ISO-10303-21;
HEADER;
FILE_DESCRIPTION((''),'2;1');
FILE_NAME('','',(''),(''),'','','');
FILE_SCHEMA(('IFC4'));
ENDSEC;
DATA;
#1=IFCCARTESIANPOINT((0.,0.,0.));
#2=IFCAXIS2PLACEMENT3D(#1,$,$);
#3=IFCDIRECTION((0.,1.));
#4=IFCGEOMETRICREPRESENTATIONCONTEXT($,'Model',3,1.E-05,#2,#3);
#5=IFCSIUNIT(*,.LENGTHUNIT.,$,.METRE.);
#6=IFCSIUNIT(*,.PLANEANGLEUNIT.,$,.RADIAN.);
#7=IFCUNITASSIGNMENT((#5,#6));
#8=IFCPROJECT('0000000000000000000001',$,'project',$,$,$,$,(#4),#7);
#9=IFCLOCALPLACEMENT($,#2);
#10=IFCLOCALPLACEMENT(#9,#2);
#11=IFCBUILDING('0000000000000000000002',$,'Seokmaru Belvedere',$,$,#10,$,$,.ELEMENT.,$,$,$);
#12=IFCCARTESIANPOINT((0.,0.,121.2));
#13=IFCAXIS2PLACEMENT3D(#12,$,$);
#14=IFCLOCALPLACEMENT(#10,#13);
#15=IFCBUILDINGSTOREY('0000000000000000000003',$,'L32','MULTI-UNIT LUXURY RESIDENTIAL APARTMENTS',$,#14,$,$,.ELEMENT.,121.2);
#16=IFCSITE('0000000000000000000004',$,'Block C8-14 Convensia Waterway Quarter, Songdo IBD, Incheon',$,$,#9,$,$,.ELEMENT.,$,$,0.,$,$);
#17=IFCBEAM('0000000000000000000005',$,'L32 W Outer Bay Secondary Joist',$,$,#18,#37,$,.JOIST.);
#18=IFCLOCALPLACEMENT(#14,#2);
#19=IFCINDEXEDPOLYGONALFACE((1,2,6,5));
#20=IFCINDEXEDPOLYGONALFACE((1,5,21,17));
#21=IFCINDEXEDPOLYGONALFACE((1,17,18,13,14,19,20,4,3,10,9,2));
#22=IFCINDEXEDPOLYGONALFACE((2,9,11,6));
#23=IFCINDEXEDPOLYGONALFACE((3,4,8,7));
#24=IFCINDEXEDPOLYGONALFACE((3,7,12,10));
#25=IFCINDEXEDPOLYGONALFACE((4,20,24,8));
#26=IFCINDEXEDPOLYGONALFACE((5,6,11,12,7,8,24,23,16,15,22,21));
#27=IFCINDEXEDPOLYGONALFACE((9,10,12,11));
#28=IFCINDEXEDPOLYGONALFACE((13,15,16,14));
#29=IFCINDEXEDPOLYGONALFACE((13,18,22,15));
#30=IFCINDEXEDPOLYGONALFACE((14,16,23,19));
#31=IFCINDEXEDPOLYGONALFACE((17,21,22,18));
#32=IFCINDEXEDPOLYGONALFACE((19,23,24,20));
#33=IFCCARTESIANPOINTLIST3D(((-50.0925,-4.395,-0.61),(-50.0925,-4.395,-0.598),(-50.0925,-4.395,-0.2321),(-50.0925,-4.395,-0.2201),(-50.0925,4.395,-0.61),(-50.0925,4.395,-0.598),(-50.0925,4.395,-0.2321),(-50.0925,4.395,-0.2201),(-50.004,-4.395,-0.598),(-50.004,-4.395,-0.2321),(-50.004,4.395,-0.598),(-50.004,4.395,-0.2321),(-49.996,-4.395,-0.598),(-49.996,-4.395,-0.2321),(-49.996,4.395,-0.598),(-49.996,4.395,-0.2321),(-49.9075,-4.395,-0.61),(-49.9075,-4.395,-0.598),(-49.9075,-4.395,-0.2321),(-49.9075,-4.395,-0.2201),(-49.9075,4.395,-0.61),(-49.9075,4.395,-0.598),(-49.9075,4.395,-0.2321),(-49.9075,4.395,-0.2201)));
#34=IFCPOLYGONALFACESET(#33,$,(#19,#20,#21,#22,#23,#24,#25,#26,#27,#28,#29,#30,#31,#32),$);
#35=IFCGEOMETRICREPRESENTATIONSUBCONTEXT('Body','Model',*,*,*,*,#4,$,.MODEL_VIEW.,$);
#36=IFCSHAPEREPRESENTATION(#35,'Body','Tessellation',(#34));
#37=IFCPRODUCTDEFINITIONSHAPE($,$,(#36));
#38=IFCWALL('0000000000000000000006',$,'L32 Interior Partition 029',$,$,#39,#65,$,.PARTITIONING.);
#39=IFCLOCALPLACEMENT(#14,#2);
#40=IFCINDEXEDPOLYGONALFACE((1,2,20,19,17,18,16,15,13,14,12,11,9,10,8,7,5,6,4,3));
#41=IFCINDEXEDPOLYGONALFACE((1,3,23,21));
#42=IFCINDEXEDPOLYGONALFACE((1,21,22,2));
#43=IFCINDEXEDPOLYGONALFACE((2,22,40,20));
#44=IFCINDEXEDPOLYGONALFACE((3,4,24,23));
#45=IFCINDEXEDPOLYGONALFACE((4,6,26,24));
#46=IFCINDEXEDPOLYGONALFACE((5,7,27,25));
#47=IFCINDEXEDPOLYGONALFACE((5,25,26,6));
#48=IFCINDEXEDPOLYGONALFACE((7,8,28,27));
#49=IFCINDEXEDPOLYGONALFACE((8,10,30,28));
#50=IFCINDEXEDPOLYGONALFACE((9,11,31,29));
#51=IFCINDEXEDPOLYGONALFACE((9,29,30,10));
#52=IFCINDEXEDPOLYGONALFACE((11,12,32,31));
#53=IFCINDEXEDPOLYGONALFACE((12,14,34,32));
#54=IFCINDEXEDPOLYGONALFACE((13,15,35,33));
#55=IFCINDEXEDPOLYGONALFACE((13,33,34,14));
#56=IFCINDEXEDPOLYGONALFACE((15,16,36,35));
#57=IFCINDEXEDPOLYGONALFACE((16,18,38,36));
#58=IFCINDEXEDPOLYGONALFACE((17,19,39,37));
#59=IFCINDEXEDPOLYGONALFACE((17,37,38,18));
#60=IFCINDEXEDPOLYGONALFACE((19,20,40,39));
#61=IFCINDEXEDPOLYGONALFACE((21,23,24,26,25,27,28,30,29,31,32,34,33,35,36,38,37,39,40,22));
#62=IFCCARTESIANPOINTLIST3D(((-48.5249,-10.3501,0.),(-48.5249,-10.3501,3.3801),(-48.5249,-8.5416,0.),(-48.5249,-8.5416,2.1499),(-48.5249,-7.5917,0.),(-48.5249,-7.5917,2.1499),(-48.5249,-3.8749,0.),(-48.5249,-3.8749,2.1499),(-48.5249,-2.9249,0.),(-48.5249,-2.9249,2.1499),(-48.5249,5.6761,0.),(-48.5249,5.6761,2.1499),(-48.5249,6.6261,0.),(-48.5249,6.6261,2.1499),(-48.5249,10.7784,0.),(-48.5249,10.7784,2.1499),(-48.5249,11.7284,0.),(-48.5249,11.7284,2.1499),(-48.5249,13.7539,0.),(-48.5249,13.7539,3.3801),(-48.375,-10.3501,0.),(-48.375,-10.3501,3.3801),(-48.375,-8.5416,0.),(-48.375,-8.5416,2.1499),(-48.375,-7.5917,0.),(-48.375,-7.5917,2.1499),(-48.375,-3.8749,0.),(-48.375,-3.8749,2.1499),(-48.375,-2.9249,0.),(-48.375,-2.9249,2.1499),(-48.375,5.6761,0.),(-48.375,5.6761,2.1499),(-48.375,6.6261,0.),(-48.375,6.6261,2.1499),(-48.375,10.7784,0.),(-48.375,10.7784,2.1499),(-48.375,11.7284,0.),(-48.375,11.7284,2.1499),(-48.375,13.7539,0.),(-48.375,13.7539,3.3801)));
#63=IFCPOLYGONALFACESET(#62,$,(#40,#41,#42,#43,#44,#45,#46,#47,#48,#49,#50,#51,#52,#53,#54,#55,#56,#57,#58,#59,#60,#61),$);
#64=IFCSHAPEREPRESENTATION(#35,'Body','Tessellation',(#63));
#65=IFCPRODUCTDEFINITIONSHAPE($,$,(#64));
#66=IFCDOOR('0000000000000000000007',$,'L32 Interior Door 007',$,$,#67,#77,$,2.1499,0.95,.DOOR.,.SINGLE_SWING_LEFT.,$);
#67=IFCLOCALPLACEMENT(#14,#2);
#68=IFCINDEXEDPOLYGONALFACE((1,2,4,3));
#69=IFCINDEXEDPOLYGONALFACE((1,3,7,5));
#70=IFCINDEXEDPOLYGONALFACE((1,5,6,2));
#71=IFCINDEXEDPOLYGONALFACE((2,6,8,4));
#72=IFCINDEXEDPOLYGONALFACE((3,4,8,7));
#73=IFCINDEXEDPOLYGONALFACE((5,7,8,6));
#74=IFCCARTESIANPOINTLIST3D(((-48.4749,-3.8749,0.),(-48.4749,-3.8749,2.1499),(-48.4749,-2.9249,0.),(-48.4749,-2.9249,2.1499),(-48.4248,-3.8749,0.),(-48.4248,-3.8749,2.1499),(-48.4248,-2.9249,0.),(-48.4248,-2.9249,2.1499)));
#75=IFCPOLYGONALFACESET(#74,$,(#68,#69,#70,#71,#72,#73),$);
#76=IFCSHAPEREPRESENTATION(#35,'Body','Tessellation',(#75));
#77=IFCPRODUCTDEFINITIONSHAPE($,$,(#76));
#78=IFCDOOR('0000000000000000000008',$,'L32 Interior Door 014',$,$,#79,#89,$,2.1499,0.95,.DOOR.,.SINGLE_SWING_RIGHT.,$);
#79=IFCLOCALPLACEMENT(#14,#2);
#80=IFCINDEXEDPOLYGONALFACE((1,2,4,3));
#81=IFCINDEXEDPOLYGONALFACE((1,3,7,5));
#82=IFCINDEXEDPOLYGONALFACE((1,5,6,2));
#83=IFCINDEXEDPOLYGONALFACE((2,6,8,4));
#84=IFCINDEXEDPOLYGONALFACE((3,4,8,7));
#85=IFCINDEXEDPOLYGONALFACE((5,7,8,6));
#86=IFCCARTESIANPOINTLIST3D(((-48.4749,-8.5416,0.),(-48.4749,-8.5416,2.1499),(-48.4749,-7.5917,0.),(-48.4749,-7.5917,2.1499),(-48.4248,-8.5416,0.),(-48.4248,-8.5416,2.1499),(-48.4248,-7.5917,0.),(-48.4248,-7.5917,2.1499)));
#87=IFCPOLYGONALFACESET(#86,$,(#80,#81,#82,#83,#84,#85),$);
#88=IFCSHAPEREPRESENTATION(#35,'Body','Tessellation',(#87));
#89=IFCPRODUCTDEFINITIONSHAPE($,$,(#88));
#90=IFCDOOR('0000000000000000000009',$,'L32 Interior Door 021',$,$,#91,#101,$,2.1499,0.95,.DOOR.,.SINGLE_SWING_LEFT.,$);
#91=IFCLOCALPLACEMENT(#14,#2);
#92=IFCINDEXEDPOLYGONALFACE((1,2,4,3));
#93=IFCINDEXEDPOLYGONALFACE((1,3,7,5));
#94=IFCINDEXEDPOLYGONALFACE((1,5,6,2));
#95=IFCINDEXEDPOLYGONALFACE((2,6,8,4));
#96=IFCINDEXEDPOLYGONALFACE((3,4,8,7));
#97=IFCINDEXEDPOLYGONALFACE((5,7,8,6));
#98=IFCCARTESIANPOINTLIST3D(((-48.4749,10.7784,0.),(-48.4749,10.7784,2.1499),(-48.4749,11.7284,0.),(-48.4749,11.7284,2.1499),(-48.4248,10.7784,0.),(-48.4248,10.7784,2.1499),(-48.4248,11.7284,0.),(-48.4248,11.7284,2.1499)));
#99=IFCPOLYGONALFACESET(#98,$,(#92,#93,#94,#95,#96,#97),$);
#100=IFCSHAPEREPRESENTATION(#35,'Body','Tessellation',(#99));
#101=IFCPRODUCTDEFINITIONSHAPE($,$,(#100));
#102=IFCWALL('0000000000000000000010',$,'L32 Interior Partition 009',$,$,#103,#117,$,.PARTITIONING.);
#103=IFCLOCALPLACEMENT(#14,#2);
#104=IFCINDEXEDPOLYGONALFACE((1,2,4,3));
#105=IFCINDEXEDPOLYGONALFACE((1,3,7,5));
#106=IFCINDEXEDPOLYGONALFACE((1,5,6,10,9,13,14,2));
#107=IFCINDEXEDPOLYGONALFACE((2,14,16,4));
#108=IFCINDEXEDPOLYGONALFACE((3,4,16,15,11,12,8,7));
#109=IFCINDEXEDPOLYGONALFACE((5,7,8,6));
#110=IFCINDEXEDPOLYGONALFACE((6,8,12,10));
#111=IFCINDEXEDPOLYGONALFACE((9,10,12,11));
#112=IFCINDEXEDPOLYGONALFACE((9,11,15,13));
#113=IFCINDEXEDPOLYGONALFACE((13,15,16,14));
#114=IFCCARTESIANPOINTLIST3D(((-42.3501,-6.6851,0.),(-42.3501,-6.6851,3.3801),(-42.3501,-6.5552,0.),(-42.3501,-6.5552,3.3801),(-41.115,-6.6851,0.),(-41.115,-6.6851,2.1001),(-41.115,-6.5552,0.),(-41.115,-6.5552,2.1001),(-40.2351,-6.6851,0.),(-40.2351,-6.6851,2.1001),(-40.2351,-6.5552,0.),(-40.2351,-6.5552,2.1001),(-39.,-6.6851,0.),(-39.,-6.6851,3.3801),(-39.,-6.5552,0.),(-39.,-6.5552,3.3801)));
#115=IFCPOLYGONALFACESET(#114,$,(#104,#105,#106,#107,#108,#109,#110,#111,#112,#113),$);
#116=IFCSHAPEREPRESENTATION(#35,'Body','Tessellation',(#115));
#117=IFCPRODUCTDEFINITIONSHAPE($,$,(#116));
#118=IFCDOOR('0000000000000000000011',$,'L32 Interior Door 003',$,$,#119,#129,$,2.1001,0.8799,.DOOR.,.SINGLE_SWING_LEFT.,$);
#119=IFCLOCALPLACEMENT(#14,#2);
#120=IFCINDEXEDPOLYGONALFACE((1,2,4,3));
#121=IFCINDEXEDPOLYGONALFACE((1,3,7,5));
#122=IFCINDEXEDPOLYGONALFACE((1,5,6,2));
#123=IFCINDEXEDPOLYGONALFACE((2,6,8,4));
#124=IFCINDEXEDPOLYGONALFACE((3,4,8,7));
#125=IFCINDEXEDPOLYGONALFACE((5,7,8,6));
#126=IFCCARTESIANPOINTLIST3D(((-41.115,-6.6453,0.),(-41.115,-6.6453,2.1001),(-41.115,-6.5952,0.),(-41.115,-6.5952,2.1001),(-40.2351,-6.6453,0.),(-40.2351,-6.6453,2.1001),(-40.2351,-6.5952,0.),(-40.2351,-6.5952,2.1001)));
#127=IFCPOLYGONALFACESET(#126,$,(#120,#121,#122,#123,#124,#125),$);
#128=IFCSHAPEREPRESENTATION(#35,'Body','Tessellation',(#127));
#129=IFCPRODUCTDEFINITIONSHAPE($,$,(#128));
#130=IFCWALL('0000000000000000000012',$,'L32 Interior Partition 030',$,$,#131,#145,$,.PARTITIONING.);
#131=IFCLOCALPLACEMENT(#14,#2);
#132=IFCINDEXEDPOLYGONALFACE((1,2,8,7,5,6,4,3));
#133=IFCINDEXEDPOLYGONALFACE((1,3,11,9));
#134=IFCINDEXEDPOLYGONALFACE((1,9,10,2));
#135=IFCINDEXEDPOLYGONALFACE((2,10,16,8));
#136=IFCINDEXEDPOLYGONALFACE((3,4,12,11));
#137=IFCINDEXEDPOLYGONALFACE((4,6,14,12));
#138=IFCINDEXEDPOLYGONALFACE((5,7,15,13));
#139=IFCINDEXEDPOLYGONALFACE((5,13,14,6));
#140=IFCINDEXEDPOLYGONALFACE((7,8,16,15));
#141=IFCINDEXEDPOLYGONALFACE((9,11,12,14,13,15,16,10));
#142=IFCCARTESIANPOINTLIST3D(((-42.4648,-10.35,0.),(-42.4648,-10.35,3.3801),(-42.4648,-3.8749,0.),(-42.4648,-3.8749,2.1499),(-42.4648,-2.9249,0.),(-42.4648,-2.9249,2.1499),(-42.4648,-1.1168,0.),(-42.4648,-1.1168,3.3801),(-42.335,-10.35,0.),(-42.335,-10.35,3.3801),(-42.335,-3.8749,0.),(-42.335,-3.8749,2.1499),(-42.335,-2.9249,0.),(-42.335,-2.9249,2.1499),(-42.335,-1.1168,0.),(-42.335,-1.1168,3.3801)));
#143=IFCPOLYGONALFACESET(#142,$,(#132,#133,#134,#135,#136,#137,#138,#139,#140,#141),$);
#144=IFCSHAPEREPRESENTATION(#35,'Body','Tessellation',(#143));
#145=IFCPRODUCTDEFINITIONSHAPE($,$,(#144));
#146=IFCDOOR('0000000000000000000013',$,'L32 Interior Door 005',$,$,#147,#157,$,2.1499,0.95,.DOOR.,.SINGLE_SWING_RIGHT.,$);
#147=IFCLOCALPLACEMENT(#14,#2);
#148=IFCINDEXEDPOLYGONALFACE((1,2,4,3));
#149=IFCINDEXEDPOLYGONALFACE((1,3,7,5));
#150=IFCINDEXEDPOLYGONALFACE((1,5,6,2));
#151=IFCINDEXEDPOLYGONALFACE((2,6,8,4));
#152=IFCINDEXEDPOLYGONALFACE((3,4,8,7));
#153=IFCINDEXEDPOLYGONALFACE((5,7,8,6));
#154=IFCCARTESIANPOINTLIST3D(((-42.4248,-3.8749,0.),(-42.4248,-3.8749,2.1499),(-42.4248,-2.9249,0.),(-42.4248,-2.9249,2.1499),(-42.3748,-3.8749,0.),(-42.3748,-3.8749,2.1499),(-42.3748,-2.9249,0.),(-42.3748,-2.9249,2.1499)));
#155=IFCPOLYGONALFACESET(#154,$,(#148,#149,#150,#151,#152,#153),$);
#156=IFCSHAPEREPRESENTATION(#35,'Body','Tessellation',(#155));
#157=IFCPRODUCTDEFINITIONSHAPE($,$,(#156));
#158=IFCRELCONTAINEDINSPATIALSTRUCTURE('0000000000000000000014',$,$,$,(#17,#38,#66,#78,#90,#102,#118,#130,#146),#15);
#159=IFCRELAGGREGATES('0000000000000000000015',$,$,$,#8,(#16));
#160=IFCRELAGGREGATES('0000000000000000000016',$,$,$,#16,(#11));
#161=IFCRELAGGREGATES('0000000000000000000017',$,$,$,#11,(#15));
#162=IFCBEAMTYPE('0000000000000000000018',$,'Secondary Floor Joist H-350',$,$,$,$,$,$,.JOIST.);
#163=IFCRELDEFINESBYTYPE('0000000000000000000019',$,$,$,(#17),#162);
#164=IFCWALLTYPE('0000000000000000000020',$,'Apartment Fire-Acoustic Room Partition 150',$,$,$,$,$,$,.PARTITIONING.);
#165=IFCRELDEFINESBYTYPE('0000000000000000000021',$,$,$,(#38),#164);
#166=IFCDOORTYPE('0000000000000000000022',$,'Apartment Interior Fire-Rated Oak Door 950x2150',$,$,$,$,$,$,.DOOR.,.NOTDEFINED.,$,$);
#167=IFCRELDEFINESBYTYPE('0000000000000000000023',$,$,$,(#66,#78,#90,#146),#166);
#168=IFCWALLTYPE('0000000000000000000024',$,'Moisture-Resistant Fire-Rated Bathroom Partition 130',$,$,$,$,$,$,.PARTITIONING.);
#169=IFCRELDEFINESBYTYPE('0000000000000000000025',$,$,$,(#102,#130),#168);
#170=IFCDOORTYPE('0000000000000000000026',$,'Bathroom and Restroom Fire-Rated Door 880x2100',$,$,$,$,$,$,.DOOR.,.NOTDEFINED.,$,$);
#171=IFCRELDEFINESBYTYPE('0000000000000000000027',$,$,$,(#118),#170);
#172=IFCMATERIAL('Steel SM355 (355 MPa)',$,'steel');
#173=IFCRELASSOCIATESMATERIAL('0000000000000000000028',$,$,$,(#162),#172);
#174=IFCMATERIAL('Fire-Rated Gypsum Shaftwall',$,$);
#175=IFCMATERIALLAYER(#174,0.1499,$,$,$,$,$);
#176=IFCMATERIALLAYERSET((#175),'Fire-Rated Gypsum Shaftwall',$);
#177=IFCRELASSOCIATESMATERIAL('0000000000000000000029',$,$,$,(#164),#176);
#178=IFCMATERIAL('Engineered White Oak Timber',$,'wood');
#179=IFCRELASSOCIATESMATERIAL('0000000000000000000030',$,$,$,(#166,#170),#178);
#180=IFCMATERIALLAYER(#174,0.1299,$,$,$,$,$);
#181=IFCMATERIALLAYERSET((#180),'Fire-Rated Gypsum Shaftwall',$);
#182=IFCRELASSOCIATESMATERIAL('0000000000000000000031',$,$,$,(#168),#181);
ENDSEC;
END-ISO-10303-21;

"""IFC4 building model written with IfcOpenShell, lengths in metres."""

from ifc_helpers import new_model, si_unit, direction, frame, frame_2d, origin, origin_2d, place, context, subcontext, project, spatial, rectangle, i_section, extrude, source, transform, mapped, material, layer, layer_set, material_profile, profile_set, type_object, type_shapes, element, fill, save


model = new_model("IFC4")

# Units and contexts
model_context = context("Model", 3, precision=1e-05, world=origin(), true_north=direction((0.0, 1.0)))
body_context = subcontext(model_context, "Body", "Model", "MODEL_VIEW")
ifc_project = project(units=[si_unit("LENGTHUNIT", "METRE"), si_unit("PLANEANGLEUNIT", "RADIAN")], contexts=[model_context])

# Site, building, storey
site_placement = place(None, origin())
site = spatial("IfcSite", under=ifc_project, at=site_placement, Name="Block C8-14 Convensia Waterway Quarter, Songdo IBD, Incheon", CompositionType="ELEMENT", RefElevation=0.0)
building_placement = place(site_placement, origin())
building = spatial("IfcBuilding", under=site, at=building_placement, Name="Seokmaru Belvedere", CompositionType="ELEMENT")
storey_placement = place(building_placement, frame((0.0, 0.0, 121.2)))
storey = spatial("IfcBuildingStorey", under=building, at=storey_placement, Name="L32", Description="MULTI-UNIT LUXURY RESIDENTIAL APARTMENTS", CompositionType="ELEMENT", Elevation=121.2)

# Shared definitions
ifc_material_1 = material(Name="Steel SM355 (355 MPa)", Category="steel")

# Beam
ifc_material_profile_1 = material_profile(ifc_material_1, i_section(OverallWidth=0.1851, OverallDepth=0.3899, WebThickness=0.0081, FlangeThickness=0.012, at=origin_2d()), Name="H-390x185x8x12")
ifc_profile_set_1 = profile_set([ifc_material_profile_1], Name="Steel SM355 (355 MPa)")
beam_type_1 = type_object("IfcBeamType", Name="Secondary Floor Joist H-350", PredefinedType="JOIST", material=ifc_profile_set_1)
shared_shape_1 = source(origin(), body_context, "Body", "SweptSolid", [
    extrude(i_section(OverallWidth=0.1851, OverallDepth=0.3899, WebThickness=0.0081, FlangeThickness=0.012, at=origin_2d()), origin(), (0.0, 0.0, 1.0), 8.79),
])
type_shapes(beam_type_1, [shared_shape_1])
for number, where, z_axis, x_axis, name in (
    (1, (-50.0, -4.395, -0.415), (0.0, 1.0, 0.0), (-1.0, 0.0, 0.0), "L32 W Outer Bay Secondary Joist"),
):
    element("IfcBeam", number, at=place(storey_placement, frame(where, z_axis=z_axis, x_axis=x_axis)), inside=storey, type_object=beam_type_1, Name=name, PredefinedType="JOIST", context=body_context, shape_type="MappedRepresentation", body=[
        mapped(shared_shape_1, transform((0.0, 0.0, 0.0), scale=1.0)),
    ])

# Wall, openings, doors
ifc_material_2 = material(Name="Fire-Rated Gypsum Shaftwall")
ifc_layer_1 = layer(ifc_material_2, 0.1499)
ifc_layer_set_1 = layer_set([ifc_layer_1], Name="Fire-Rated Gypsum Shaftwall")
wall_type_1 = type_object("IfcWallType", Name="Apartment Fire-Acoustic Room Partition 150", PredefinedType="PARTITIONING", material=ifc_layer_set_1)
wall_1_placement = place(storey_placement, frame((-48.45, -10.3501, 0.0), z_axis=(0.0, 0.0, 1.0), x_axis=(0.0, 1.0, 0.0)))
wall_1 = element("IfcWall", 2, at=wall_1_placement, inside=storey, type_object=wall_type_1, Name="L32 Interior Partition 029", PredefinedType="PARTITIONING", context=body_context, shape_type="SweptSolid", body=[
    extrude(rectangle(XDim=24.104, YDim=0.1499, at=frame_2d((12.052, 0.0))), origin(), (0.0, 0.0, 1.0), 3.3801),
])
opening_1_placement = place(wall_1_placement, frame((6.4751, 0.0, 0.0)))
opening_1 = element("IfcOpeningElement", 3, at=opening_1_placement, cuts=wall_1, PredefinedType="OPENING", context=body_context, shape_type="SweptSolid", body=[
    extrude(rectangle(XDim=0.95, YDim=2.1499, at=frame_2d((0.4751, 1.075))), frame((0.0, 0.085, 0.0), z_axis=(0.0, -1.0, 0.0), x_axis=(1.0, 0.0, 0.0)), (0.0, 0.0, 1.0), 0.1699),
])
opening_2_placement = place(wall_1_placement, frame((1.8083, 0.0, 0.0)))
opening_2 = element("IfcOpeningElement", 4, at=opening_2_placement, cuts=wall_1, PredefinedType="OPENING", context=body_context, shape_type="SweptSolid", body=[
    extrude(rectangle(XDim=0.95, YDim=2.1499, at=frame_2d((0.4751, 1.075))), frame((0.0, 0.085, 0.0), z_axis=(0.0, -1.0, 0.0), x_axis=(1.0, 0.0, 0.0)), (0.0, 0.0, 1.0), 0.1699),
])
opening_3_placement = place(wall_1_placement, frame((21.1284, 0.0, 0.0)))
opening_3 = element("IfcOpeningElement", 5, at=opening_3_placement, cuts=wall_1, PredefinedType="OPENING", context=body_context, shape_type="SweptSolid", body=[
    extrude(rectangle(XDim=0.95, YDim=2.1499, at=frame_2d((0.4751, 1.075))), frame((0.0, 0.085, 0.0), z_axis=(0.0, -1.0, 0.0), x_axis=(1.0, 0.0, 0.0)), (0.0, 0.0, 1.0), 0.1699),
])
opening_4_placement = place(wall_1_placement, frame((16.0261, 0.0, 0.0)))
element("IfcOpeningElement", 6, at=opening_4_placement, cuts=wall_1, PredefinedType="OPENING", context=body_context, shape_type="SweptSolid", body=[
    extrude(rectangle(XDim=0.95, YDim=2.1499, at=frame_2d((0.4751, 1.075))), frame((0.0, 0.085, 0.0), z_axis=(0.0, -1.0, 0.0), x_axis=(1.0, 0.0, 0.0)), (0.0, 0.0, 1.0), 0.1699),
])
ifc_material_3 = material(Name="Engineered White Oak Timber", Category="wood")
door_type_1 = type_object("IfcDoorType", Name="Apartment Interior Fire-Rated Oak Door 950x2150", OperationType="NOTDEFINED", PredefinedType="DOOR", material=ifc_material_3)
shared_shape_2 = source(origin(), body_context, "Body", "SweptSolid", [
    extrude(rectangle(XDim=0.95, YDim=2.1499, at=frame_2d((0.4751, 1.075))), frame((0.0, 0.0249, 0.0), z_axis=(0.0, -1.0, 0.0), x_axis=(1.0, 0.0, 0.0)), (0.0, 0.0, 1.0), 0.05),
])
type_shapes(door_type_1, [shared_shape_2])
door_1_placement = place(opening_1_placement, origin())
door_1 = element("IfcDoor", 7, at=door_1_placement, inside=storey, type_object=door_type_1, Name="L32 Interior Door 007", OperationType="SINGLE_SWING_LEFT", OverallHeight=2.1499, OverallWidth=0.95, PredefinedType="DOOR", context=body_context, shape_type="MappedRepresentation", body=[
    mapped(shared_shape_2, transform((0.0, 0.0, 0.0), scale=1.0)),
])
fill(opening_1, door_1)
door_2_placement = place(opening_2_placement, origin())
door_2 = element("IfcDoor", 8, at=door_2_placement, inside=storey, type_object=door_type_1, Name="L32 Interior Door 014", OperationType="SINGLE_SWING_RIGHT", OverallHeight=2.1499, OverallWidth=0.95, PredefinedType="DOOR", context=body_context, shape_type="MappedRepresentation", body=[
    mapped(shared_shape_2, transform((0.0, 0.0, 0.0), scale=1.0)),
])
fill(opening_2, door_2)
door_3_placement = place(opening_3_placement, origin())
door_3 = element("IfcDoor", 9, at=door_3_placement, inside=storey, type_object=door_type_1, Name="L32 Interior Door 021", OperationType="SINGLE_SWING_LEFT", OverallHeight=2.1499, OverallWidth=0.95, PredefinedType="DOOR", context=body_context, shape_type="MappedRepresentation", body=[
    mapped(shared_shape_2, transform((0.0, 0.0, 0.0), scale=1.0)),
])
fill(opening_3, door_3)

# Walls, openings, doors
ifc_layer_2 = layer(ifc_material_2, 0.1299)
ifc_layer_set_2 = layer_set([ifc_layer_2], Name="Fire-Rated Gypsum Shaftwall")
wall_type_2 = type_object("IfcWallType", Name="Moisture-Resistant Fire-Rated Bathroom Partition 130", PredefinedType="PARTITIONING", material=ifc_layer_set_2)
wall_2_placement = place(storey_placement, frame((-42.3501, -6.6201, 0.0), z_axis=(0.0, 0.0, 1.0), x_axis=(1.0, 0.0, 0.0)))
wall_2 = element("IfcWall", 10, at=wall_2_placement, inside=storey, type_object=wall_type_2, Name="L32 Interior Partition 009", PredefinedType="PARTITIONING", context=body_context, shape_type="SweptSolid", body=[
    extrude(rectangle(XDim=3.3501, YDim=0.1299, at=frame_2d((1.675, 0.0))), origin(), (0.0, 0.0, 1.0), 3.3801),
])
opening_5_placement = place(wall_2_placement, frame((1.2351, 0.0, 0.0)))
opening_5 = element("IfcOpeningElement", 11, at=opening_5_placement, cuts=wall_2, PredefinedType="OPENING", context=body_context, shape_type="SweptSolid", body=[
    extrude(rectangle(XDim=0.8799, YDim=2.1001, at=frame_2d((0.4399, 1.05))), frame((0.0, 0.075, 0.0), z_axis=(0.0, -1.0, 0.0), x_axis=(1.0, 0.0, 0.0)), (0.0, 0.0, 1.0), 0.1499),
])
door_type_2 = type_object("IfcDoorType", Name="Bathroom and Restroom Fire-Rated Door 880x2100", OperationType="NOTDEFINED", PredefinedType="DOOR", material=ifc_material_3)
shared_shape_3 = source(origin(), body_context, "Body", "SweptSolid", [
    extrude(rectangle(XDim=0.8799, YDim=2.1001, at=frame_2d((0.4399, 1.05))), frame((0.0, 0.0249, 0.0), z_axis=(0.0, -1.0, 0.0), x_axis=(1.0, 0.0, 0.0)), (0.0, 0.0, 1.0), 0.05),
])
type_shapes(door_type_2, [shared_shape_3])
door_4_placement = place(opening_5_placement, origin())
door_4 = element("IfcDoor", 12, at=door_4_placement, inside=storey, type_object=door_type_2, Name="L32 Interior Door 003", OperationType="SINGLE_SWING_LEFT", OverallHeight=2.1001, OverallWidth=0.8799, PredefinedType="DOOR", context=body_context, shape_type="MappedRepresentation", body=[
    mapped(shared_shape_3, transform((0.0, 0.0, 0.0), scale=1.0)),
])
fill(opening_5, door_4)
wall_3_placement = place(storey_placement, frame((-42.3999, -10.3501, 0.0), z_axis=(0.0, 0.0, 1.0), x_axis=(0.0, 1.0, 0.0)))
wall_3 = element("IfcWall", 13, at=wall_3_placement, inside=storey, type_object=wall_type_2, Name="L32 Interior Partition 030", PredefinedType="PARTITIONING", context=body_context, shape_type="SweptSolid", body=[
    extrude(rectangle(XDim=9.2332, YDim=0.1299, at=frame_2d((4.6167, 0.0))), origin(), (0.0, 0.0, 1.0), 3.3801),
])
opening_6_placement = place(wall_3_placement, frame((6.4751, 0.0, 0.0)))
opening_6 = element("IfcOpeningElement", 14, at=opening_6_placement, cuts=wall_3, PredefinedType="OPENING", context=body_context, shape_type="SweptSolid", body=[
    extrude(rectangle(XDim=0.95, YDim=2.1499, at=frame_2d((0.4751, 1.075))), frame((0.0, 0.075, 0.0), z_axis=(0.0, -1.0, 0.0), x_axis=(1.0, 0.0, 0.0)), (0.0, 0.0, 1.0), 0.1499),
])
door_5_placement = place(opening_6_placement, origin())
door_5 = element("IfcDoor", 15, at=door_5_placement, inside=storey, type_object=door_type_1, Name="L32 Interior Door 005", OperationType="SINGLE_SWING_RIGHT", OverallHeight=2.1499, OverallWidth=0.95, PredefinedType="DOOR", context=body_context, shape_type="MappedRepresentation", body=[
    mapped(shared_shape_2, transform((0.0, 0.0, 0.0), scale=1.0)),
])
fill(opening_6, door_5)

save(model, "model.ifc")
